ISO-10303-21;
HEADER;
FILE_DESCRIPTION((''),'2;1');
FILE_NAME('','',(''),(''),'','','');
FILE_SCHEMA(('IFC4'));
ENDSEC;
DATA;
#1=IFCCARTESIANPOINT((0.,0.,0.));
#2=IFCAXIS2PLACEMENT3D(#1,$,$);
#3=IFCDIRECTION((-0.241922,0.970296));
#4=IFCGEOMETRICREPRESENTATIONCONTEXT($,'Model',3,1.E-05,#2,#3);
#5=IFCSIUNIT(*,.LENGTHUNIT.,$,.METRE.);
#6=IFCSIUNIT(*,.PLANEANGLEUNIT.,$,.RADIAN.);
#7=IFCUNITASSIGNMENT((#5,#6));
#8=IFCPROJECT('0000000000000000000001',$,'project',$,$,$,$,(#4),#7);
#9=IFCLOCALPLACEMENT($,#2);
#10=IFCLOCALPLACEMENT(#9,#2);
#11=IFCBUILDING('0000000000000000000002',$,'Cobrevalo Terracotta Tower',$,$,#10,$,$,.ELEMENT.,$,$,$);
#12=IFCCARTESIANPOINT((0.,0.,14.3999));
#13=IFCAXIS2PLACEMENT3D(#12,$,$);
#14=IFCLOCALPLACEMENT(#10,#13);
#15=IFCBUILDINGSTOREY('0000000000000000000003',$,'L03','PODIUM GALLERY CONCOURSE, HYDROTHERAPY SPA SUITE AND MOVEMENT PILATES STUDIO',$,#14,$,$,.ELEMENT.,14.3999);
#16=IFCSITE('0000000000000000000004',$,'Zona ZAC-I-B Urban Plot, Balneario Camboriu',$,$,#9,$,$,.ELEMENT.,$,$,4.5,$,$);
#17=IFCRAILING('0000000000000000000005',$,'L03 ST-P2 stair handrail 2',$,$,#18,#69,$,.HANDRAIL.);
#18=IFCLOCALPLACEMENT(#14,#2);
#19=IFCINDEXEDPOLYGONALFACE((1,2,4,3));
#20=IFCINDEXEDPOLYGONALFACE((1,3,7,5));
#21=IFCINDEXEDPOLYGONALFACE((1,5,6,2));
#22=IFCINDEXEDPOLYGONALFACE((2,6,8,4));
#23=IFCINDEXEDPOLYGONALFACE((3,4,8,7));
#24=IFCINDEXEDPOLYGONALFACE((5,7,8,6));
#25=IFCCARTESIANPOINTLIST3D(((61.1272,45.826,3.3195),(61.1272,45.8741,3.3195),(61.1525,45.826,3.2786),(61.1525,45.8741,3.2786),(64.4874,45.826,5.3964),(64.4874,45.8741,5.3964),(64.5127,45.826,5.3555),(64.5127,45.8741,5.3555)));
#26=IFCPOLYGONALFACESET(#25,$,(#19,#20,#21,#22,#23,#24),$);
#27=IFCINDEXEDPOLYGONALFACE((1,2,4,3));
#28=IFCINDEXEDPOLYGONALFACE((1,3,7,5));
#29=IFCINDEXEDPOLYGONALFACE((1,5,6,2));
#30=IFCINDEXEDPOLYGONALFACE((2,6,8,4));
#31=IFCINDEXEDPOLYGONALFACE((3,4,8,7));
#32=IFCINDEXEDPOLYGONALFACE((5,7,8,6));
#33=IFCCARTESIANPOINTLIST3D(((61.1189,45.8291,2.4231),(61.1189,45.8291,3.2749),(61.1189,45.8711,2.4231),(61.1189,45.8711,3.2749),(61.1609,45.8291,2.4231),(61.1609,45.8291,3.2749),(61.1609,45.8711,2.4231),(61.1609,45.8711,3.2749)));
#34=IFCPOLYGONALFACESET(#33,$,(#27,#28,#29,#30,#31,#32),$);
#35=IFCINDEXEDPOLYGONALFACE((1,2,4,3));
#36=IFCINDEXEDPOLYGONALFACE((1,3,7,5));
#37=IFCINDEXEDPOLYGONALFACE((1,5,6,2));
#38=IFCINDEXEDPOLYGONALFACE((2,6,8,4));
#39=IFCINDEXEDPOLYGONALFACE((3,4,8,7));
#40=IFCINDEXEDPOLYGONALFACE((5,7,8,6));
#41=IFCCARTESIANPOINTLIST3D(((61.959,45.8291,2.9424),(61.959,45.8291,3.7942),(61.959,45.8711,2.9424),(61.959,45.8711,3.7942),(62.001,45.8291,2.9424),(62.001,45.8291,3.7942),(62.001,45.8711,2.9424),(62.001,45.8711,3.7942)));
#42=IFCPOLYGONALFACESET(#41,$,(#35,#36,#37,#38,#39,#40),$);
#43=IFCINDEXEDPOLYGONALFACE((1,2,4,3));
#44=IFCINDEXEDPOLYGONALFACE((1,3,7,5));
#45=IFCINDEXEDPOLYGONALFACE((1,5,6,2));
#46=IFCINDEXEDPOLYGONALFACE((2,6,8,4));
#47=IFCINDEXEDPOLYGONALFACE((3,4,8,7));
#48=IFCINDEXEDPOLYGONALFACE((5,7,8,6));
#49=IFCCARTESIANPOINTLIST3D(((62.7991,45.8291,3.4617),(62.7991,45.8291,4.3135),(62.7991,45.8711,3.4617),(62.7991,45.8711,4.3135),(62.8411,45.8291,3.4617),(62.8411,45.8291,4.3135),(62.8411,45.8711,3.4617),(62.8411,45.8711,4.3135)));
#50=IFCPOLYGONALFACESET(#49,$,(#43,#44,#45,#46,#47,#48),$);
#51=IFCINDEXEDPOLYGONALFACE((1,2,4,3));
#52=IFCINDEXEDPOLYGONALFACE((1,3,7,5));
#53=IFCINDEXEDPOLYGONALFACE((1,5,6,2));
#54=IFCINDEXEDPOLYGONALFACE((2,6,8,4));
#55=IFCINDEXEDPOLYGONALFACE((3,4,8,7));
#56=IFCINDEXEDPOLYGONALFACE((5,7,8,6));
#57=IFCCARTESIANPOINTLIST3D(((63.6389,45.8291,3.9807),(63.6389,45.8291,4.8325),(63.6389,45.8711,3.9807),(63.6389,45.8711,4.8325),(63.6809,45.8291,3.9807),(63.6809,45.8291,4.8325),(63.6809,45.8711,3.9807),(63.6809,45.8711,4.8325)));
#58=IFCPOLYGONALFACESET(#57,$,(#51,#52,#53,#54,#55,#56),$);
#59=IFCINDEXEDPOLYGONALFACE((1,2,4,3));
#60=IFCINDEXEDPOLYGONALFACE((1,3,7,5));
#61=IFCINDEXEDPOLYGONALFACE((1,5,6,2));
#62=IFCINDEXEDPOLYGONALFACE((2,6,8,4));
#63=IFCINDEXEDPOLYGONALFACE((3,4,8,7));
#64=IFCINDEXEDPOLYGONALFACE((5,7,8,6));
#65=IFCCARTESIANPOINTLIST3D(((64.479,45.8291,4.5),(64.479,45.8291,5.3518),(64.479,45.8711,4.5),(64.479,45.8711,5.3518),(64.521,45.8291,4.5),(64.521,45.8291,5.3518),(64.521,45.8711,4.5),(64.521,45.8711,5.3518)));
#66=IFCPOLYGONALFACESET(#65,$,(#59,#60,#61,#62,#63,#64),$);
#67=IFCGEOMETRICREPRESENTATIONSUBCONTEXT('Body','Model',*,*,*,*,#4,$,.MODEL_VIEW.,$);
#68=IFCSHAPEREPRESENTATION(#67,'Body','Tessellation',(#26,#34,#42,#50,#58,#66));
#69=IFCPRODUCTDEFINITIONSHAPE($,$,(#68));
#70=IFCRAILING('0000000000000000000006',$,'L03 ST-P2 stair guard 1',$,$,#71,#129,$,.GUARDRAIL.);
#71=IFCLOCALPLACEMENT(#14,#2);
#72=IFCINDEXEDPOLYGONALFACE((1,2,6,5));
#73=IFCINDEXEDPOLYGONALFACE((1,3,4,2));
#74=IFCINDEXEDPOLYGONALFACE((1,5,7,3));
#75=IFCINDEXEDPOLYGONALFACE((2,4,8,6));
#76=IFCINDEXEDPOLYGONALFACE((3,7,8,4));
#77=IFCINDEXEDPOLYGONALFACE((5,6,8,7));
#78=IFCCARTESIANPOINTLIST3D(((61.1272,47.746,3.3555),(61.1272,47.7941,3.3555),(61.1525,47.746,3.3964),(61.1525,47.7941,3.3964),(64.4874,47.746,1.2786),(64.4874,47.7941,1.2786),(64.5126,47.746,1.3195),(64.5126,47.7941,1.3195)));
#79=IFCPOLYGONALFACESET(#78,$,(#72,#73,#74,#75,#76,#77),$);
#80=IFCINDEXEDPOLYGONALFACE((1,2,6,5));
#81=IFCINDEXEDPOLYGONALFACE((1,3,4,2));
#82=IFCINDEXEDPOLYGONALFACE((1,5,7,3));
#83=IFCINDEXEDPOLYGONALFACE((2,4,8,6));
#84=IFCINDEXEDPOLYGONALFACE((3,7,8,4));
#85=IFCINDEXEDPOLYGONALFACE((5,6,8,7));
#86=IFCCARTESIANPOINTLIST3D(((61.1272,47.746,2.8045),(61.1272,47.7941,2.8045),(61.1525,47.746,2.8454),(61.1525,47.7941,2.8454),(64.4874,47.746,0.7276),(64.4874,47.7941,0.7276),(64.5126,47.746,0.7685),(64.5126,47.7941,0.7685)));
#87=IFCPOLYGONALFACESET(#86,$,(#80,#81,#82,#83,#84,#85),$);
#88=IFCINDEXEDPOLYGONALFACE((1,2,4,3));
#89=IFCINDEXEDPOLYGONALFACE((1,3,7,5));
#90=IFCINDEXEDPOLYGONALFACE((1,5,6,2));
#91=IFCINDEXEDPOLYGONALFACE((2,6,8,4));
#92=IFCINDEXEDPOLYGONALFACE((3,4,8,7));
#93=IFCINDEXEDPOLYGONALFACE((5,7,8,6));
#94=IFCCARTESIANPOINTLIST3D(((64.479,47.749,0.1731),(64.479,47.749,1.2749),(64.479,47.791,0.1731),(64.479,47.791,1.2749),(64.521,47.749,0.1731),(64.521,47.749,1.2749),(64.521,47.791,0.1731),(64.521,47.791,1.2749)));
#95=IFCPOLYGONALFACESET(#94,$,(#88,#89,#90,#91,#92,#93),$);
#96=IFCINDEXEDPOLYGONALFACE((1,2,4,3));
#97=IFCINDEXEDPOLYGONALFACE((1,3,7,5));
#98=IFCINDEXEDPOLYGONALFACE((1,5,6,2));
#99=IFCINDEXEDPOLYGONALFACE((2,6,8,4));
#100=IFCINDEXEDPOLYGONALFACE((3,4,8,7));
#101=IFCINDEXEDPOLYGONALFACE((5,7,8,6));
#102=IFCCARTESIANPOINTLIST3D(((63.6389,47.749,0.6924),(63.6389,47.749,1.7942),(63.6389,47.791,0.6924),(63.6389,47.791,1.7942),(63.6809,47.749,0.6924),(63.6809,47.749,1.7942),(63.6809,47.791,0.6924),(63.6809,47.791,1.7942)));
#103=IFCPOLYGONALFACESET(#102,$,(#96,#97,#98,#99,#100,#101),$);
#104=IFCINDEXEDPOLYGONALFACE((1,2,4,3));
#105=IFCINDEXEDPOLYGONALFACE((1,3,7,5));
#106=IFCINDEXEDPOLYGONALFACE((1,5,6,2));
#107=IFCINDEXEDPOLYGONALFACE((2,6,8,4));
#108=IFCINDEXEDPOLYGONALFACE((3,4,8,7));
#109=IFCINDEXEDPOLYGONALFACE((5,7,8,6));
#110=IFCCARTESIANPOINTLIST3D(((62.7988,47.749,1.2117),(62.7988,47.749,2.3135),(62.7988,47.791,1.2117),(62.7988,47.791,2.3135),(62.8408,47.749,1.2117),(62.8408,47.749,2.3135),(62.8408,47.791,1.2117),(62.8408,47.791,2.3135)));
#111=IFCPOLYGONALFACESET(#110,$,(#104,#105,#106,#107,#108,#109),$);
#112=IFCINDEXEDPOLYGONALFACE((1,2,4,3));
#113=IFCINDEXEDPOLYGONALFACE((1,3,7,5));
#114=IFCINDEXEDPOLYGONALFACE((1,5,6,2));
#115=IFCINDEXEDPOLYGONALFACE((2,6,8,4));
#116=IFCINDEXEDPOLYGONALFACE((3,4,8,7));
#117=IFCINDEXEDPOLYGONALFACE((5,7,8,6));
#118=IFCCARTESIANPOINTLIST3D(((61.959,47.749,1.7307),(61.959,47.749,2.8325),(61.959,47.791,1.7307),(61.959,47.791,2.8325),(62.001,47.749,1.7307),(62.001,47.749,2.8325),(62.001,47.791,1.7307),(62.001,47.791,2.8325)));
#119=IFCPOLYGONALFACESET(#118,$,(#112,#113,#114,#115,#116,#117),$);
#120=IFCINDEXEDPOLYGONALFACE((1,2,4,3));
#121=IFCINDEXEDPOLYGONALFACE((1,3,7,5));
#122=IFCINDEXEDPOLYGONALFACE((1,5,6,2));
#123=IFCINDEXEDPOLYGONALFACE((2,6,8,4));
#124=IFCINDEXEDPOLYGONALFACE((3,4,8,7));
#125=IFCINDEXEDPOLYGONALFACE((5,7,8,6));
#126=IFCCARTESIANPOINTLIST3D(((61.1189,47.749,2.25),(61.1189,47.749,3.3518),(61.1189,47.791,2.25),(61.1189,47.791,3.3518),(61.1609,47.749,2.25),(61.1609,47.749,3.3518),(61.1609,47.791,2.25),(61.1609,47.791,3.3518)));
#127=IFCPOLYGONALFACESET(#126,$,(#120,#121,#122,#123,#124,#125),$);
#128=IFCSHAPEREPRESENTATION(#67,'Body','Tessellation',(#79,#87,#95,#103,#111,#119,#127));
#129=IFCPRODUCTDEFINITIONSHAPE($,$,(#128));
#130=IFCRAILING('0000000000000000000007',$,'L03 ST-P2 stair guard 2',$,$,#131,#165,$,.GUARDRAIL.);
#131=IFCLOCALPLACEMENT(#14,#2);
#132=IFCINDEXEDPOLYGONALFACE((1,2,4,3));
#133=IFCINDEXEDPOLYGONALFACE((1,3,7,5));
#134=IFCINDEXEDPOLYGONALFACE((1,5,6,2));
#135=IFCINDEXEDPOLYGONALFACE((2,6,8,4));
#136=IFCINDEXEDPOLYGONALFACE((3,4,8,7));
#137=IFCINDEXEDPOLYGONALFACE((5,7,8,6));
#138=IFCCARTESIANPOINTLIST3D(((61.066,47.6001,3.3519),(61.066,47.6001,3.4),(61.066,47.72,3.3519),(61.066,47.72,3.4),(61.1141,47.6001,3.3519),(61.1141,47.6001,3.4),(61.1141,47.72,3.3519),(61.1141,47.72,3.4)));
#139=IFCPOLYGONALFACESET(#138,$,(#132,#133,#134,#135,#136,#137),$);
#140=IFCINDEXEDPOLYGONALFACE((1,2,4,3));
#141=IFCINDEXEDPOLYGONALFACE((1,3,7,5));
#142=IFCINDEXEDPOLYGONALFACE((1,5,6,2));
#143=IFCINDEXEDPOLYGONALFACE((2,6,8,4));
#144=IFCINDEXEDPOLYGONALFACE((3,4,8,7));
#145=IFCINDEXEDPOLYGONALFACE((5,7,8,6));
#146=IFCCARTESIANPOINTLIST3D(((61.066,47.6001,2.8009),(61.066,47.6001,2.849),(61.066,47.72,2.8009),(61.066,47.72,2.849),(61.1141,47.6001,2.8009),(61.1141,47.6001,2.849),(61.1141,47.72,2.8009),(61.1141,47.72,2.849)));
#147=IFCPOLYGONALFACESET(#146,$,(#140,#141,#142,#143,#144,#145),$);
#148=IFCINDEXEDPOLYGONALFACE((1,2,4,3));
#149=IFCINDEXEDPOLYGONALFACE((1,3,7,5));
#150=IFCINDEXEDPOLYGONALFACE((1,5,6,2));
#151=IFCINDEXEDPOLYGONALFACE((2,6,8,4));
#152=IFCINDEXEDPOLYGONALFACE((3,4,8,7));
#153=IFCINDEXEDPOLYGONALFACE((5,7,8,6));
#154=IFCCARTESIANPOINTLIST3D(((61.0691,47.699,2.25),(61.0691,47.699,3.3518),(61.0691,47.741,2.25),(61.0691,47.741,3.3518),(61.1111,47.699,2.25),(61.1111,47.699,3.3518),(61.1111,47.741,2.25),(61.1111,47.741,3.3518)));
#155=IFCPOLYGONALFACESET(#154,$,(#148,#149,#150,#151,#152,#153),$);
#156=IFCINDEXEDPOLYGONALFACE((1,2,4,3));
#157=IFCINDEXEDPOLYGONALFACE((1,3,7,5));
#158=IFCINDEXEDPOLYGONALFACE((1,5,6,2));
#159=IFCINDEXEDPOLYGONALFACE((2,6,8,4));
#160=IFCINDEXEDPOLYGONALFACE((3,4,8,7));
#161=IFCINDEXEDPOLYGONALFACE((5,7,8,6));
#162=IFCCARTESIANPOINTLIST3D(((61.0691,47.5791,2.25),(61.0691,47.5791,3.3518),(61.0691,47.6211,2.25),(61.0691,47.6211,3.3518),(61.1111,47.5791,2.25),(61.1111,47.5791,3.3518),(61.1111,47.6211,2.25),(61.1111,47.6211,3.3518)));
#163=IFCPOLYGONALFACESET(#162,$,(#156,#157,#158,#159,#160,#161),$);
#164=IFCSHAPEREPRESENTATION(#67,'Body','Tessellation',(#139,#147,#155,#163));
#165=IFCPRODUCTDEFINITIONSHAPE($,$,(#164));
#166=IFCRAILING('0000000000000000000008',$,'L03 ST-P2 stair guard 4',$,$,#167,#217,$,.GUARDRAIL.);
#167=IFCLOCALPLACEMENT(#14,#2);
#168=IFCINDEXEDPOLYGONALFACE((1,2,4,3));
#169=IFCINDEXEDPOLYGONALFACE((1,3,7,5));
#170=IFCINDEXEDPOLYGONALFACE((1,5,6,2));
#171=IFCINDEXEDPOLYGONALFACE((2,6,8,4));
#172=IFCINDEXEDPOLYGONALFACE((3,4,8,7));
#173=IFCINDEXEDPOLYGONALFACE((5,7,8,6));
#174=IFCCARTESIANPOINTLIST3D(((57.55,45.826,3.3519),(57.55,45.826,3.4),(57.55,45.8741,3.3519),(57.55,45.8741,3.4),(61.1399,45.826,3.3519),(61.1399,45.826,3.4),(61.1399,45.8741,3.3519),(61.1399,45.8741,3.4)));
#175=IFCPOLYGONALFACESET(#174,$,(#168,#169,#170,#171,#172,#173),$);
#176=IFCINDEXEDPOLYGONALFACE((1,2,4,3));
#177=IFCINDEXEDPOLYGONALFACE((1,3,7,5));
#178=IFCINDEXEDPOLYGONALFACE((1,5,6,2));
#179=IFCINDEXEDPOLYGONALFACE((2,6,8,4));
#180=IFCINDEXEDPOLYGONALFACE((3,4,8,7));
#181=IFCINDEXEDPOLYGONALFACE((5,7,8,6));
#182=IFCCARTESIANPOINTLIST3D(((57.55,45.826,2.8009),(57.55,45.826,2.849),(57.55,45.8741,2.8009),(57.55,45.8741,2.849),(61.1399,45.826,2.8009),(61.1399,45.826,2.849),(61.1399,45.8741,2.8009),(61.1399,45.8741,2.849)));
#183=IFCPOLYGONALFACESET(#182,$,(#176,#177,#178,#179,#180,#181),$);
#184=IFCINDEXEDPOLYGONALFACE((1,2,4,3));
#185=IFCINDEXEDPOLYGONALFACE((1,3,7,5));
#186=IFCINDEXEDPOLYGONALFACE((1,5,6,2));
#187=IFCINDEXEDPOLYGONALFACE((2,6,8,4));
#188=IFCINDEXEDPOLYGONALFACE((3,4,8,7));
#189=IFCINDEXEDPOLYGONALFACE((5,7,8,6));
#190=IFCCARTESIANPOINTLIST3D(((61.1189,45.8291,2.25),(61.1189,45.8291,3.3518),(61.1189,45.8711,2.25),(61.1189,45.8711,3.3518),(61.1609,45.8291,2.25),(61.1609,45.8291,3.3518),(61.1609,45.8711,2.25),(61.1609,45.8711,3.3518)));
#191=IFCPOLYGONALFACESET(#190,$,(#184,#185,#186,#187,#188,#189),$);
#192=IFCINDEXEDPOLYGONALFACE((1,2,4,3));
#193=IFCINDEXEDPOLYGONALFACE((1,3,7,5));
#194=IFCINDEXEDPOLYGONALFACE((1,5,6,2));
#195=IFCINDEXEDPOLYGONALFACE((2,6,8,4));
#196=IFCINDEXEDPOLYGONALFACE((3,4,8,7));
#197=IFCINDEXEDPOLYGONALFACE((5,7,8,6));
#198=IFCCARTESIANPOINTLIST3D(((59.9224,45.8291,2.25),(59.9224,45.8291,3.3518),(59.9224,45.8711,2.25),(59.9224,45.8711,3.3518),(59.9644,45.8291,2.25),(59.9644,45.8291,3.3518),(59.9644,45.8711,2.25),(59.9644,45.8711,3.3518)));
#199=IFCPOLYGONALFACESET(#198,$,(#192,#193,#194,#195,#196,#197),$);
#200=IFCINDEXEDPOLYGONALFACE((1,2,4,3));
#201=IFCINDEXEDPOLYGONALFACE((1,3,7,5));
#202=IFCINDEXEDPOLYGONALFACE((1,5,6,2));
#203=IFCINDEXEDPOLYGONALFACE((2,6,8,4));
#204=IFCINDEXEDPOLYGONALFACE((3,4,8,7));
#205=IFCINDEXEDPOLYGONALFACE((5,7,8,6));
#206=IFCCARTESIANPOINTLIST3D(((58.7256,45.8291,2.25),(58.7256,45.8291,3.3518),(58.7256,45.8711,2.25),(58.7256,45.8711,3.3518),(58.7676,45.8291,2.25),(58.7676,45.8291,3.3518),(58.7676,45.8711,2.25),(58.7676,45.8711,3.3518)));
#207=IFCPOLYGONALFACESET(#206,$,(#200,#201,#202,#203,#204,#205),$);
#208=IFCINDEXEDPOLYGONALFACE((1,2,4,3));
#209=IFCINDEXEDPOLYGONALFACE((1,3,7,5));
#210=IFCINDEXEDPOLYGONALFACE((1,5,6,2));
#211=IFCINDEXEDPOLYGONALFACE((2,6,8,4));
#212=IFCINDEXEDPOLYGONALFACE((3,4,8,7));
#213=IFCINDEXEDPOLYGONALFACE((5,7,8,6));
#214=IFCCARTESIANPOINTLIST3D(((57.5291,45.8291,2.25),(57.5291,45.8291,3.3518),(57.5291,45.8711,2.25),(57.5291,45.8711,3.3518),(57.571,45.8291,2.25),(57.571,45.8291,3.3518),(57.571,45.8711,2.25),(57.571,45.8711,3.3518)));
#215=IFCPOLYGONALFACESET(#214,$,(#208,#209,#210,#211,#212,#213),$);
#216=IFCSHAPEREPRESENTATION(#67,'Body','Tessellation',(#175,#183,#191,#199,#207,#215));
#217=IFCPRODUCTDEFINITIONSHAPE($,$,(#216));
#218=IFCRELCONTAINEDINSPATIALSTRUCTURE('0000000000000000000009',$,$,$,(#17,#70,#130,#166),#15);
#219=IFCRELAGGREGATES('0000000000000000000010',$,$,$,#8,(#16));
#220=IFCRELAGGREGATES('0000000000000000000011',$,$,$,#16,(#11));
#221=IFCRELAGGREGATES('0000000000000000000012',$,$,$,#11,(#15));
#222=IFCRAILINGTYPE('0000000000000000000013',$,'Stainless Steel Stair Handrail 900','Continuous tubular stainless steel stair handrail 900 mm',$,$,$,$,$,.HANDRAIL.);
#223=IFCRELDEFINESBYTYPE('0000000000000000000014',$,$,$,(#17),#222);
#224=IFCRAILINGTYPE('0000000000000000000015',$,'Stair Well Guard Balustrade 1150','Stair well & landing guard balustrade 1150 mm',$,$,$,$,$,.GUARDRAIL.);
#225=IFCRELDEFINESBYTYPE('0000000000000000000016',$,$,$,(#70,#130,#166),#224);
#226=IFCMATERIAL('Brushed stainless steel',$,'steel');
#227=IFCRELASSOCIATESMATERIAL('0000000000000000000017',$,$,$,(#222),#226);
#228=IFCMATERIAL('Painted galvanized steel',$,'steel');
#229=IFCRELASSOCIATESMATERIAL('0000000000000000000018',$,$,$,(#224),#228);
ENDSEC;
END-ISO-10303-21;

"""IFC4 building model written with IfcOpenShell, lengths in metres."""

from ifc_helpers import new_model, si_unit, direction, frame, origin, origin_2d, place, context, subcontext, project, spatial, rectangle, extrude, material, type_object, element, save


model = new_model("IFC4")

# Units and contexts
model_context = context("Model", 3, precision=1e-05, world=origin(), true_north=direction((-0.241922, 0.970296)))
body_context = subcontext(model_context, "Body", "Model", "MODEL_VIEW")
ifc_project = project(units=[si_unit("LENGTHUNIT", "METRE"), si_unit("PLANEANGLEUNIT", "RADIAN")], contexts=[model_context])

# Site, building, storey
site_placement = place(None, origin())
site = spatial("IfcSite", under=ifc_project, at=site_placement, Name="Zona ZAC-I-B Urban Plot, Balneario Camboriu", CompositionType="ELEMENT", RefElevation=4.5)
building_placement = place(site_placement, origin())
building = spatial("IfcBuilding", under=site, at=building_placement, Name="Cobrevalo Terracotta Tower", CompositionType="ELEMENT")
storey_placement = place(building_placement, frame((0.0, 0.0, 14.3999)))
storey = spatial("IfcBuildingStorey", under=building, at=storey_placement, Name="L03", Description="PODIUM GALLERY CONCOURSE, HYDROTHERAPY SPA SUITE AND MOVEMENT PILATES STUDIO", CompositionType="ELEMENT", Elevation=14.3999)

# Railings
ifc_material_1 = material(Name="Brushed stainless steel", Category="steel")
railing_type_1 = type_object("IfcRailingType", Name="Stainless Steel Stair Handrail 900", Description="Continuous tubular stainless steel stair handrail 900 mm", PredefinedType="HANDRAIL", material=ifc_material_1)
railing_1_placement = place(storey_placement, frame((61.1399, 45.8501, 2.4231)))
element("IfcRailing", 1, at=railing_1_placement, inside=storey, type_object=railing_type_1, Name="L03 ST-P2 stair handrail 2", PredefinedType="HANDRAIL", context=body_context, shape_type="SweptSolid", body=[
    extrude(rectangle(XDim=0.0481, YDim=0.0481, at=origin_2d()), frame((0.0, 0.0, 0.876), z_axis=(0.850623, 0.0, 0.525776), x_axis=(0.0, 1.0, 0.0)), (0.0, 0.0, 1.0), 3.9502),
    extrude(rectangle(XDim=0.042, YDim=0.042, at=origin_2d()), origin(), (0.0, 0.0, 1.0), 0.8518),
    extrude(rectangle(XDim=0.042, YDim=0.042, at=origin_2d()), frame((0.8401, 0.0, 0.5193)), (0.0, 0.0, 1.0), 0.8518),
    extrude(rectangle(XDim=0.042, YDim=0.042, at=origin_2d()), frame((1.6802, 0.0, 1.0386)), (0.0, 0.0, 1.0), 0.8518),
    extrude(rectangle(XDim=0.042, YDim=0.042, at=origin_2d()), frame((2.52, 0.0, 1.5576)), (0.0, 0.0, 1.0), 0.8518),
    extrude(rectangle(XDim=0.042, YDim=0.042, at=origin_2d()), frame((3.3601, 0.0, 2.0769)), (0.0, 0.0, 1.0), 0.8518),
])
ifc_material_2 = material(Name="Painted galvanized steel", Category="steel")
railing_type_2 = type_object("IfcRailingType", Name="Stair Well Guard Balustrade 1150", Description="Stair well & landing guard balustrade 1150 mm", PredefinedType="GUARDRAIL", material=ifc_material_2)
railing_2_placement = place(storey_placement, frame((64.5, 47.77, 0.1731)))
element("IfcRailing", 2, at=railing_2_placement, inside=storey, type_object=railing_type_2, Name="L03 ST-P2 stair guard 1", PredefinedType="GUARDRAIL", context=body_context, shape_type="SweptSolid", body=[
    extrude(rectangle(XDim=0.0481, YDim=0.0481, at=origin_2d()), frame((0.0, 0.0, 1.126), z_axis=(-0.850623, 0.0, 0.525776), x_axis=(0.0, -1.0, 0.0)), (0.0, 0.0, 1.0), 3.9502),
    extrude(rectangle(XDim=0.0481, YDim=0.0481, at=origin_2d()), frame((0.0, 0.0, 0.575), z_axis=(-0.850623, 0.0, 0.525776), x_axis=(0.0, -1.0, 0.0)), (0.0, 0.0, 1.0), 3.9502),
    extrude(rectangle(XDim=0.042, YDim=0.042, at=origin_2d()), origin(), (0.0, 0.0, 1.0), 1.1018),
    extrude(rectangle(XDim=0.042, YDim=0.042, at=origin_2d()), frame((-0.8401, 0.0, 0.5193)), (0.0, 0.0, 1.0), 1.1018),
    extrude(rectangle(XDim=0.042, YDim=0.042, at=origin_2d()), frame((-1.6802, 0.0, 1.0386)), (0.0, 0.0, 1.0), 1.1018),
    extrude(rectangle(XDim=0.042, YDim=0.042, at=origin_2d()), frame((-2.52, 0.0, 1.5576)), (0.0, 0.0, 1.0), 1.1018),
    extrude(rectangle(XDim=0.042, YDim=0.042, at=origin_2d()), frame((-3.3601, 0.0, 2.0769)), (0.0, 0.0, 1.0), 1.1018),
])
railing_3_placement = place(storey_placement, frame((61.0901, 47.72, 2.25)))
element("IfcRailing", 3, at=railing_3_placement, inside=storey, type_object=railing_type_2, Name="L03 ST-P2 stair guard 2", PredefinedType="GUARDRAIL", context=body_context, shape_type="SweptSolid", body=[
    extrude(rectangle(XDim=0.0481, YDim=0.0481, at=origin_2d()), frame((0.0, 0.0, 1.126), z_axis=(0.0, -1.0, 0.0), x_axis=(1.0, 0.0, 0.0)), (0.0, 0.0, 1.0), 0.1199),
    extrude(rectangle(XDim=0.0481, YDim=0.0481, at=origin_2d()), frame((0.0, 0.0, 0.575), z_axis=(0.0, -1.0, 0.0), x_axis=(1.0, 0.0, 0.0)), (0.0, 0.0, 1.0), 0.1199),
    extrude(rectangle(XDim=0.042, YDim=0.042, at=origin_2d()), origin(), (0.0, 0.0, 1.0), 1.1018),
    extrude(rectangle(XDim=0.042, YDim=0.042, at=origin_2d()), frame((0.0, -0.1199, 0.0)), (0.0, 0.0, 1.0), 1.1018),
])
railing_4_placement = place(storey_placement, frame((61.1399, 45.8501, 2.25)))
element("IfcRailing", 4, at=railing_4_placement, inside=storey, type_object=railing_type_2, Name="L03 ST-P2 stair guard 4", PredefinedType="GUARDRAIL", context=body_context, shape_type="SweptSolid", body=[
    extrude(rectangle(XDim=0.0481, YDim=0.0481, at=origin_2d()), frame((0.0, 0.0, 1.126), z_axis=(-1.0, 0.0, 0.0), x_axis=(0.0, -1.0, 0.0)), (0.0, 0.0, 1.0), 3.5898),
    extrude(rectangle(XDim=0.0481, YDim=0.0481, at=origin_2d()), frame((0.0, 0.0, 0.575), z_axis=(-1.0, 0.0, 0.0), x_axis=(0.0, -1.0, 0.0)), (0.0, 0.0, 1.0), 3.5898),
    extrude(rectangle(XDim=0.042, YDim=0.042, at=origin_2d()), origin(), (0.0, 0.0, 1.0), 1.1018),
    extrude(rectangle(XDim=0.042, YDim=0.042, at=origin_2d()), frame((-1.1965, 0.0, 0.0)), (0.0, 0.0, 1.0), 1.1018),
    extrude(rectangle(XDim=0.042, YDim=0.042, at=origin_2d()), frame((-2.3933, 0.0, 0.0)), (0.0, 0.0, 1.0), 1.1018),
    extrude(rectangle(XDim=0.042, YDim=0.042, at=origin_2d()), frame((-3.5898, 0.0, 0.0)), (0.0, 0.0, 1.0), 1.1018),
])

save(model, "model.ifc")
